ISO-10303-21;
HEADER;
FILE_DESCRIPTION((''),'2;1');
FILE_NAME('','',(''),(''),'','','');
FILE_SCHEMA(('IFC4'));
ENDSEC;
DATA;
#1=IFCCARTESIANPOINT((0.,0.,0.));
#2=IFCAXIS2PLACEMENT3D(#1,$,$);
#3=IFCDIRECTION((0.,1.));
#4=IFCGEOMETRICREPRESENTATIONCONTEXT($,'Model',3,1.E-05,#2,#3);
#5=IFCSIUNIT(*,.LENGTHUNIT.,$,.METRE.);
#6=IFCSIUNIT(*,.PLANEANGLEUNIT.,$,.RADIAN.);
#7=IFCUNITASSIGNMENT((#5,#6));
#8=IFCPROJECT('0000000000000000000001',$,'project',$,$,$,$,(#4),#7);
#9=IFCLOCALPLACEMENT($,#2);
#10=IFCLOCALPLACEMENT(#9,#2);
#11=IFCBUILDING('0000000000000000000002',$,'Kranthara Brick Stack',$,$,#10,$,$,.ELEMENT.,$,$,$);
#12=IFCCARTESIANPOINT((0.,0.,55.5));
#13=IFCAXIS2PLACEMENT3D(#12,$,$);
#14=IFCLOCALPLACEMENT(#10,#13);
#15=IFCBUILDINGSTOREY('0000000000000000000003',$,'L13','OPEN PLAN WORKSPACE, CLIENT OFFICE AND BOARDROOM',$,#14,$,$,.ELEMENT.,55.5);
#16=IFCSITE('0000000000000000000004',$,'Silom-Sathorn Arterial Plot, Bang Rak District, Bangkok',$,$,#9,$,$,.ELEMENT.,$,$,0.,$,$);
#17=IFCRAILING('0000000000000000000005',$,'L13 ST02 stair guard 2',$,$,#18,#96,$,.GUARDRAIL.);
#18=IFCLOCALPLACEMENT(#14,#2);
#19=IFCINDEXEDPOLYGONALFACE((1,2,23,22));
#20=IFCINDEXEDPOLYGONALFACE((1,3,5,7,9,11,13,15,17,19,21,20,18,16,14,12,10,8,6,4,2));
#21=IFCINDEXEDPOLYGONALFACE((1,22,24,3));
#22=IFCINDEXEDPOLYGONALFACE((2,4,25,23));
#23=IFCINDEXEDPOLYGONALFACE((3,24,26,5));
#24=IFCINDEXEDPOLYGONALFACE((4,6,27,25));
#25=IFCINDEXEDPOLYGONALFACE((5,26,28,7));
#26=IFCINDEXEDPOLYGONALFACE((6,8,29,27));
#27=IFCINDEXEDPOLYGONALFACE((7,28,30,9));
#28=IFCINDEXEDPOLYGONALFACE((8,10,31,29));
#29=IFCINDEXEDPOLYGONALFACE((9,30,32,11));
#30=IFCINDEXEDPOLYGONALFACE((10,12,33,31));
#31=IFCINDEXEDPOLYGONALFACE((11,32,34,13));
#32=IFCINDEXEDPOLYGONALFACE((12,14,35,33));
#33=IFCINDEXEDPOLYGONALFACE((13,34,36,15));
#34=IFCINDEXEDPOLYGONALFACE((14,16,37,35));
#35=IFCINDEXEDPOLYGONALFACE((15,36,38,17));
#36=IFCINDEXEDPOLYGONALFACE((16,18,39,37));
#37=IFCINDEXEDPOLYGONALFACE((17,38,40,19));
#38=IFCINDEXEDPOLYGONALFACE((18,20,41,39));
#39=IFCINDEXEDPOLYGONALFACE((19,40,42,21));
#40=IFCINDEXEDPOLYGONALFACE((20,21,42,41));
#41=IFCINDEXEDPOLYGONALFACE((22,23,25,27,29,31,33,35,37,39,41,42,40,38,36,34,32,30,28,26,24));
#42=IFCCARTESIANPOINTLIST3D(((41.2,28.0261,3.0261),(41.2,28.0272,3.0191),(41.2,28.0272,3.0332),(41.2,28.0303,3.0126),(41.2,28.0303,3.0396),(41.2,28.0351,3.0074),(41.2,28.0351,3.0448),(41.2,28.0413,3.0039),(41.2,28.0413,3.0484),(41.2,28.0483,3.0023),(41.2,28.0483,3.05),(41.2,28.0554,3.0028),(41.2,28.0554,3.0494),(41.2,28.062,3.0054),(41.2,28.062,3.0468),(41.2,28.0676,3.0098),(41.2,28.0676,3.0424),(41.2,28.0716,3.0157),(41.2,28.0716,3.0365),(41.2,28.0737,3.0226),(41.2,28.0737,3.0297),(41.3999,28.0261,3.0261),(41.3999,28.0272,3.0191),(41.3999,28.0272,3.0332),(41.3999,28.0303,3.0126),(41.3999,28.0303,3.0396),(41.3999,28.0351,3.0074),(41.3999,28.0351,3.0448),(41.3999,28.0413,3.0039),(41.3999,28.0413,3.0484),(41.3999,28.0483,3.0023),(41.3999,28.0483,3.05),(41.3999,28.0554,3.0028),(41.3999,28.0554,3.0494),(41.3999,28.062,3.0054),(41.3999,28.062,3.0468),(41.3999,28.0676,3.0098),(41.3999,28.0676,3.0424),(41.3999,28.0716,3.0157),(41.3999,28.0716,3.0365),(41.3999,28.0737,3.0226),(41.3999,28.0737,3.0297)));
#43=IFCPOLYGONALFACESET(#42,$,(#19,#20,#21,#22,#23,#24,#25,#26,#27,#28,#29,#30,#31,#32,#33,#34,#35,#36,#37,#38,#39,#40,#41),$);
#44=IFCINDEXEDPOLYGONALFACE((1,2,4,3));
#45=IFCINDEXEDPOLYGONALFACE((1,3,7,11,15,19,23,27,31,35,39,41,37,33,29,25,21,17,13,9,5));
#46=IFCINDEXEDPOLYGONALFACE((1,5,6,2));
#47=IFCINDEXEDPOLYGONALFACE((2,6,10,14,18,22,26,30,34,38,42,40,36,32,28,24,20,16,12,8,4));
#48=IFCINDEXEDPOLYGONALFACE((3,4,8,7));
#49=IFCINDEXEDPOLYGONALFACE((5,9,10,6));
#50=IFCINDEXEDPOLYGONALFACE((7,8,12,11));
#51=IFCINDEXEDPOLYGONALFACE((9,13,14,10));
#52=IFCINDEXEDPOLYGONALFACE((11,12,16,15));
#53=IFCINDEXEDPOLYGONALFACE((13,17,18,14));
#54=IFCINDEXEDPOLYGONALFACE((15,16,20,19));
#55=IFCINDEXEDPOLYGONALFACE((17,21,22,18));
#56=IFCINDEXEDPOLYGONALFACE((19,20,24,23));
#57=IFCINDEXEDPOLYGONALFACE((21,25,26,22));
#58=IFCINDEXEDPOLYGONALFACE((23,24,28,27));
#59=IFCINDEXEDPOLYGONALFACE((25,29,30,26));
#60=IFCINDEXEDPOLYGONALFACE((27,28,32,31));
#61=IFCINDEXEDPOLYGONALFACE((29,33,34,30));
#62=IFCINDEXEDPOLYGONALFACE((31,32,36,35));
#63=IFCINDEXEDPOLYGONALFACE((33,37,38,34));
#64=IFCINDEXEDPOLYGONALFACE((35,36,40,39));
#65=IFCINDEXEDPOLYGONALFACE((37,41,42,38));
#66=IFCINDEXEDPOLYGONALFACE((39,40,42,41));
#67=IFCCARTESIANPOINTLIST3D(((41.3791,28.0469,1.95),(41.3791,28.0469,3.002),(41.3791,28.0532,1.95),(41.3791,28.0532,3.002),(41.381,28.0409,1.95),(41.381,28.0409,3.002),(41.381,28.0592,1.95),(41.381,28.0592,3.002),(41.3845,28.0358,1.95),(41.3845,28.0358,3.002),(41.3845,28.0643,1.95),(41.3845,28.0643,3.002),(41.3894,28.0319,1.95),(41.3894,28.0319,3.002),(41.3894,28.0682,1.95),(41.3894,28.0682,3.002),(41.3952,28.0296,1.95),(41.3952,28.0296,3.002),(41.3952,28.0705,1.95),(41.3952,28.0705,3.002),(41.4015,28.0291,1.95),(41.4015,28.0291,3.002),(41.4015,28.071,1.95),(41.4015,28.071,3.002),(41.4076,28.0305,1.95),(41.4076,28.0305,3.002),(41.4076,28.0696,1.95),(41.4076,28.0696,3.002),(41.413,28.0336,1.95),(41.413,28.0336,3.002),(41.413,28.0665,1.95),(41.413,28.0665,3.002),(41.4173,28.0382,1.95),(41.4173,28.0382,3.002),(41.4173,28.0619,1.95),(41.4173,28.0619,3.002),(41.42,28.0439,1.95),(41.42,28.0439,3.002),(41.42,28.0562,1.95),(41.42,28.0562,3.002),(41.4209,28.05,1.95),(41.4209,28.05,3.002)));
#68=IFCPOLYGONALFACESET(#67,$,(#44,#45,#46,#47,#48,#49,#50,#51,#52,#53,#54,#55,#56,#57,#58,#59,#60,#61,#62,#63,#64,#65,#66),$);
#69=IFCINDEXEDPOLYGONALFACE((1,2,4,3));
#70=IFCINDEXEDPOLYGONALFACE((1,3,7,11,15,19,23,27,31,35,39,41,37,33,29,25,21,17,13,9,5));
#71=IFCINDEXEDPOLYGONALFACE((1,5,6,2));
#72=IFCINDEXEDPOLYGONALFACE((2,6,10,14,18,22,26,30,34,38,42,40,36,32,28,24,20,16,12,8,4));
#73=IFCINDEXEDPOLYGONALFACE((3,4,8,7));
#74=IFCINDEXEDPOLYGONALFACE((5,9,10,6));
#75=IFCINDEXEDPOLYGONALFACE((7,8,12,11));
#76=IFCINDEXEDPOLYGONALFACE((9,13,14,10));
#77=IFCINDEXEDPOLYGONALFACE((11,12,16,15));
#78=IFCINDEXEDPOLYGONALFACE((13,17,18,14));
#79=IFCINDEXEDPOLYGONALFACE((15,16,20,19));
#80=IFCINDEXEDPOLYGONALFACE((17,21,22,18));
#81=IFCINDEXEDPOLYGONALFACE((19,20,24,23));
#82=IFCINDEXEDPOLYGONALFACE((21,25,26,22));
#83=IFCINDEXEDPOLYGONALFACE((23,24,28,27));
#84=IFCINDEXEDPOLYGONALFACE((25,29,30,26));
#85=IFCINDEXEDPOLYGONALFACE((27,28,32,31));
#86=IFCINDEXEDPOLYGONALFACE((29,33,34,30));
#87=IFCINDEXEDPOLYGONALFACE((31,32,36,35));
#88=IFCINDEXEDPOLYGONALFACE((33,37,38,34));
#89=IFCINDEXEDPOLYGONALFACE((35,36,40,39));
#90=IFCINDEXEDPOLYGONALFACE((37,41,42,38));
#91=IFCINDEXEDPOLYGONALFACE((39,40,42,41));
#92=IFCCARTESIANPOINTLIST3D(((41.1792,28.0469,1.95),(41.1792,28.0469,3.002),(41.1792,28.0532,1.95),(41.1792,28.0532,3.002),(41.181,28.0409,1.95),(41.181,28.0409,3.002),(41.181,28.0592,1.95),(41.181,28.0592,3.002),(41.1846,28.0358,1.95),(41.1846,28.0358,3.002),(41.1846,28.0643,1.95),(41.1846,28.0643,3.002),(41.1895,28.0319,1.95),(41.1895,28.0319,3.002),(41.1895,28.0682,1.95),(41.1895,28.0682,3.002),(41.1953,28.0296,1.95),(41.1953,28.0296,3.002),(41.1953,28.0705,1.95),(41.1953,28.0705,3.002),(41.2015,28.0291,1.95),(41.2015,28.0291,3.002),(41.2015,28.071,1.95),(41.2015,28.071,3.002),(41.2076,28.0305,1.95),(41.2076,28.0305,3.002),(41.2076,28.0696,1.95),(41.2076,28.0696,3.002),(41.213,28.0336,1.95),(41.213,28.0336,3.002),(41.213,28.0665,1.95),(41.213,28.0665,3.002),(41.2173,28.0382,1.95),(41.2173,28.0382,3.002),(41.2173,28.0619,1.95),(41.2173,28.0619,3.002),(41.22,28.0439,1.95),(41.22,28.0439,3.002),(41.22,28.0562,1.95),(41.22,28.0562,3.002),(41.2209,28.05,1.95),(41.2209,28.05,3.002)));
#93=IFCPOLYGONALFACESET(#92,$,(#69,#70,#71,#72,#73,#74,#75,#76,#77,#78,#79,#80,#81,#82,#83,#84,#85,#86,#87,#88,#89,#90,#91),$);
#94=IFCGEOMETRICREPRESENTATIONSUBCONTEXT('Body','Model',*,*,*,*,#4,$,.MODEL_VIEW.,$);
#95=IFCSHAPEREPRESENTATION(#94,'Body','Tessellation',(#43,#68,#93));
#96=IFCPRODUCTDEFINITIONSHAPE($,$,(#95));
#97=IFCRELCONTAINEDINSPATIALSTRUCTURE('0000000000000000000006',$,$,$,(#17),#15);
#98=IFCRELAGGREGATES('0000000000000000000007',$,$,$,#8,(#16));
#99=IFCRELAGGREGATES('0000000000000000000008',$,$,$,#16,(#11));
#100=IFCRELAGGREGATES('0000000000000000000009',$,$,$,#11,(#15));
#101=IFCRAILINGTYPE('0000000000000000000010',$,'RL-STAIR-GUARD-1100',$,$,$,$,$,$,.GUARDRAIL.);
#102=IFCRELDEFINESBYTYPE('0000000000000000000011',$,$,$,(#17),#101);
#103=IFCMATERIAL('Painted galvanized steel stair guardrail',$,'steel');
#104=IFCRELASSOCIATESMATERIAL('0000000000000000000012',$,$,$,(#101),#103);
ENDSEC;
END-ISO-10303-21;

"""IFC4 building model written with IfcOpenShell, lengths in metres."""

from ifc_helpers import new_model, si_unit, direction, frame, origin, origin_2d, place, context, subcontext, project, spatial, circle, extrude, material, type_object, element, save


model = new_model("IFC4")

# Units and contexts
model_context = context("Model", 3, precision=1e-05, world=origin(), true_north=direction((0.0, 1.0)))
body_context = subcontext(model_context, "Body", "Model", "MODEL_VIEW")
ifc_project = project(units=[si_unit("LENGTHUNIT", "METRE"), si_unit("PLANEANGLEUNIT", "RADIAN")], contexts=[model_context])

# Site, building, storey
site_placement = place(None, origin())
site = spatial("IfcSite", under=ifc_project, at=site_placement, Name="Silom-Sathorn Arterial Plot, Bang Rak District, Bangkok", CompositionType="ELEMENT", RefElevation=0.0)
building_placement = place(site_placement, origin())
building = spatial("IfcBuilding", under=site, at=building_placement, Name="Kranthara Brick Stack", CompositionType="ELEMENT")
storey_placement = place(building_placement, frame((0.0, 0.0, 55.5)))
storey = spatial("IfcBuildingStorey", under=building, at=storey_placement, Name="L13", Description="OPEN PLAN WORKSPACE, CLIENT OFFICE AND BOARDROOM", CompositionType="ELEMENT", Elevation=55.5)

# Railing
ifc_material_1 = material(Name="Painted galvanized steel stair guardrail", Category="steel")
railing_type_1 = type_object("IfcRailingType", Name="RL-STAIR-GUARD-1100", PredefinedType="GUARDRAIL", material=ifc_material_1)
railing_1_placement = place(storey_placement, frame((41.3999, 28.05, 1.95)))
element("IfcRailing", 1, at=railing_1_placement, inside=storey, type_object=railing_type_1, Name="L13 ST02 stair guard 2", PredefinedType="GUARDRAIL", context=body_context, shape_type="SweptSolid", body=[
    extrude(circle(Radius=0.0239, at=origin_2d()), frame((0.0, 0.0, 1.0762), z_axis=(-1.0, 0.0, 0.0), x_axis=(0.0, -1.0, 0.0)), (0.0, 0.0, 1.0), 0.2),
    extrude(circle(Radius=0.021, at=origin_2d()), origin(), (0.0, 0.0, 1.0), 1.052),
    extrude(circle(Radius=0.021, at=origin_2d()), frame((-0.2, 0.0, 0.0)), (0.0, 0.0, 1.0), 1.052),
])

save(model, "model.ifc")
